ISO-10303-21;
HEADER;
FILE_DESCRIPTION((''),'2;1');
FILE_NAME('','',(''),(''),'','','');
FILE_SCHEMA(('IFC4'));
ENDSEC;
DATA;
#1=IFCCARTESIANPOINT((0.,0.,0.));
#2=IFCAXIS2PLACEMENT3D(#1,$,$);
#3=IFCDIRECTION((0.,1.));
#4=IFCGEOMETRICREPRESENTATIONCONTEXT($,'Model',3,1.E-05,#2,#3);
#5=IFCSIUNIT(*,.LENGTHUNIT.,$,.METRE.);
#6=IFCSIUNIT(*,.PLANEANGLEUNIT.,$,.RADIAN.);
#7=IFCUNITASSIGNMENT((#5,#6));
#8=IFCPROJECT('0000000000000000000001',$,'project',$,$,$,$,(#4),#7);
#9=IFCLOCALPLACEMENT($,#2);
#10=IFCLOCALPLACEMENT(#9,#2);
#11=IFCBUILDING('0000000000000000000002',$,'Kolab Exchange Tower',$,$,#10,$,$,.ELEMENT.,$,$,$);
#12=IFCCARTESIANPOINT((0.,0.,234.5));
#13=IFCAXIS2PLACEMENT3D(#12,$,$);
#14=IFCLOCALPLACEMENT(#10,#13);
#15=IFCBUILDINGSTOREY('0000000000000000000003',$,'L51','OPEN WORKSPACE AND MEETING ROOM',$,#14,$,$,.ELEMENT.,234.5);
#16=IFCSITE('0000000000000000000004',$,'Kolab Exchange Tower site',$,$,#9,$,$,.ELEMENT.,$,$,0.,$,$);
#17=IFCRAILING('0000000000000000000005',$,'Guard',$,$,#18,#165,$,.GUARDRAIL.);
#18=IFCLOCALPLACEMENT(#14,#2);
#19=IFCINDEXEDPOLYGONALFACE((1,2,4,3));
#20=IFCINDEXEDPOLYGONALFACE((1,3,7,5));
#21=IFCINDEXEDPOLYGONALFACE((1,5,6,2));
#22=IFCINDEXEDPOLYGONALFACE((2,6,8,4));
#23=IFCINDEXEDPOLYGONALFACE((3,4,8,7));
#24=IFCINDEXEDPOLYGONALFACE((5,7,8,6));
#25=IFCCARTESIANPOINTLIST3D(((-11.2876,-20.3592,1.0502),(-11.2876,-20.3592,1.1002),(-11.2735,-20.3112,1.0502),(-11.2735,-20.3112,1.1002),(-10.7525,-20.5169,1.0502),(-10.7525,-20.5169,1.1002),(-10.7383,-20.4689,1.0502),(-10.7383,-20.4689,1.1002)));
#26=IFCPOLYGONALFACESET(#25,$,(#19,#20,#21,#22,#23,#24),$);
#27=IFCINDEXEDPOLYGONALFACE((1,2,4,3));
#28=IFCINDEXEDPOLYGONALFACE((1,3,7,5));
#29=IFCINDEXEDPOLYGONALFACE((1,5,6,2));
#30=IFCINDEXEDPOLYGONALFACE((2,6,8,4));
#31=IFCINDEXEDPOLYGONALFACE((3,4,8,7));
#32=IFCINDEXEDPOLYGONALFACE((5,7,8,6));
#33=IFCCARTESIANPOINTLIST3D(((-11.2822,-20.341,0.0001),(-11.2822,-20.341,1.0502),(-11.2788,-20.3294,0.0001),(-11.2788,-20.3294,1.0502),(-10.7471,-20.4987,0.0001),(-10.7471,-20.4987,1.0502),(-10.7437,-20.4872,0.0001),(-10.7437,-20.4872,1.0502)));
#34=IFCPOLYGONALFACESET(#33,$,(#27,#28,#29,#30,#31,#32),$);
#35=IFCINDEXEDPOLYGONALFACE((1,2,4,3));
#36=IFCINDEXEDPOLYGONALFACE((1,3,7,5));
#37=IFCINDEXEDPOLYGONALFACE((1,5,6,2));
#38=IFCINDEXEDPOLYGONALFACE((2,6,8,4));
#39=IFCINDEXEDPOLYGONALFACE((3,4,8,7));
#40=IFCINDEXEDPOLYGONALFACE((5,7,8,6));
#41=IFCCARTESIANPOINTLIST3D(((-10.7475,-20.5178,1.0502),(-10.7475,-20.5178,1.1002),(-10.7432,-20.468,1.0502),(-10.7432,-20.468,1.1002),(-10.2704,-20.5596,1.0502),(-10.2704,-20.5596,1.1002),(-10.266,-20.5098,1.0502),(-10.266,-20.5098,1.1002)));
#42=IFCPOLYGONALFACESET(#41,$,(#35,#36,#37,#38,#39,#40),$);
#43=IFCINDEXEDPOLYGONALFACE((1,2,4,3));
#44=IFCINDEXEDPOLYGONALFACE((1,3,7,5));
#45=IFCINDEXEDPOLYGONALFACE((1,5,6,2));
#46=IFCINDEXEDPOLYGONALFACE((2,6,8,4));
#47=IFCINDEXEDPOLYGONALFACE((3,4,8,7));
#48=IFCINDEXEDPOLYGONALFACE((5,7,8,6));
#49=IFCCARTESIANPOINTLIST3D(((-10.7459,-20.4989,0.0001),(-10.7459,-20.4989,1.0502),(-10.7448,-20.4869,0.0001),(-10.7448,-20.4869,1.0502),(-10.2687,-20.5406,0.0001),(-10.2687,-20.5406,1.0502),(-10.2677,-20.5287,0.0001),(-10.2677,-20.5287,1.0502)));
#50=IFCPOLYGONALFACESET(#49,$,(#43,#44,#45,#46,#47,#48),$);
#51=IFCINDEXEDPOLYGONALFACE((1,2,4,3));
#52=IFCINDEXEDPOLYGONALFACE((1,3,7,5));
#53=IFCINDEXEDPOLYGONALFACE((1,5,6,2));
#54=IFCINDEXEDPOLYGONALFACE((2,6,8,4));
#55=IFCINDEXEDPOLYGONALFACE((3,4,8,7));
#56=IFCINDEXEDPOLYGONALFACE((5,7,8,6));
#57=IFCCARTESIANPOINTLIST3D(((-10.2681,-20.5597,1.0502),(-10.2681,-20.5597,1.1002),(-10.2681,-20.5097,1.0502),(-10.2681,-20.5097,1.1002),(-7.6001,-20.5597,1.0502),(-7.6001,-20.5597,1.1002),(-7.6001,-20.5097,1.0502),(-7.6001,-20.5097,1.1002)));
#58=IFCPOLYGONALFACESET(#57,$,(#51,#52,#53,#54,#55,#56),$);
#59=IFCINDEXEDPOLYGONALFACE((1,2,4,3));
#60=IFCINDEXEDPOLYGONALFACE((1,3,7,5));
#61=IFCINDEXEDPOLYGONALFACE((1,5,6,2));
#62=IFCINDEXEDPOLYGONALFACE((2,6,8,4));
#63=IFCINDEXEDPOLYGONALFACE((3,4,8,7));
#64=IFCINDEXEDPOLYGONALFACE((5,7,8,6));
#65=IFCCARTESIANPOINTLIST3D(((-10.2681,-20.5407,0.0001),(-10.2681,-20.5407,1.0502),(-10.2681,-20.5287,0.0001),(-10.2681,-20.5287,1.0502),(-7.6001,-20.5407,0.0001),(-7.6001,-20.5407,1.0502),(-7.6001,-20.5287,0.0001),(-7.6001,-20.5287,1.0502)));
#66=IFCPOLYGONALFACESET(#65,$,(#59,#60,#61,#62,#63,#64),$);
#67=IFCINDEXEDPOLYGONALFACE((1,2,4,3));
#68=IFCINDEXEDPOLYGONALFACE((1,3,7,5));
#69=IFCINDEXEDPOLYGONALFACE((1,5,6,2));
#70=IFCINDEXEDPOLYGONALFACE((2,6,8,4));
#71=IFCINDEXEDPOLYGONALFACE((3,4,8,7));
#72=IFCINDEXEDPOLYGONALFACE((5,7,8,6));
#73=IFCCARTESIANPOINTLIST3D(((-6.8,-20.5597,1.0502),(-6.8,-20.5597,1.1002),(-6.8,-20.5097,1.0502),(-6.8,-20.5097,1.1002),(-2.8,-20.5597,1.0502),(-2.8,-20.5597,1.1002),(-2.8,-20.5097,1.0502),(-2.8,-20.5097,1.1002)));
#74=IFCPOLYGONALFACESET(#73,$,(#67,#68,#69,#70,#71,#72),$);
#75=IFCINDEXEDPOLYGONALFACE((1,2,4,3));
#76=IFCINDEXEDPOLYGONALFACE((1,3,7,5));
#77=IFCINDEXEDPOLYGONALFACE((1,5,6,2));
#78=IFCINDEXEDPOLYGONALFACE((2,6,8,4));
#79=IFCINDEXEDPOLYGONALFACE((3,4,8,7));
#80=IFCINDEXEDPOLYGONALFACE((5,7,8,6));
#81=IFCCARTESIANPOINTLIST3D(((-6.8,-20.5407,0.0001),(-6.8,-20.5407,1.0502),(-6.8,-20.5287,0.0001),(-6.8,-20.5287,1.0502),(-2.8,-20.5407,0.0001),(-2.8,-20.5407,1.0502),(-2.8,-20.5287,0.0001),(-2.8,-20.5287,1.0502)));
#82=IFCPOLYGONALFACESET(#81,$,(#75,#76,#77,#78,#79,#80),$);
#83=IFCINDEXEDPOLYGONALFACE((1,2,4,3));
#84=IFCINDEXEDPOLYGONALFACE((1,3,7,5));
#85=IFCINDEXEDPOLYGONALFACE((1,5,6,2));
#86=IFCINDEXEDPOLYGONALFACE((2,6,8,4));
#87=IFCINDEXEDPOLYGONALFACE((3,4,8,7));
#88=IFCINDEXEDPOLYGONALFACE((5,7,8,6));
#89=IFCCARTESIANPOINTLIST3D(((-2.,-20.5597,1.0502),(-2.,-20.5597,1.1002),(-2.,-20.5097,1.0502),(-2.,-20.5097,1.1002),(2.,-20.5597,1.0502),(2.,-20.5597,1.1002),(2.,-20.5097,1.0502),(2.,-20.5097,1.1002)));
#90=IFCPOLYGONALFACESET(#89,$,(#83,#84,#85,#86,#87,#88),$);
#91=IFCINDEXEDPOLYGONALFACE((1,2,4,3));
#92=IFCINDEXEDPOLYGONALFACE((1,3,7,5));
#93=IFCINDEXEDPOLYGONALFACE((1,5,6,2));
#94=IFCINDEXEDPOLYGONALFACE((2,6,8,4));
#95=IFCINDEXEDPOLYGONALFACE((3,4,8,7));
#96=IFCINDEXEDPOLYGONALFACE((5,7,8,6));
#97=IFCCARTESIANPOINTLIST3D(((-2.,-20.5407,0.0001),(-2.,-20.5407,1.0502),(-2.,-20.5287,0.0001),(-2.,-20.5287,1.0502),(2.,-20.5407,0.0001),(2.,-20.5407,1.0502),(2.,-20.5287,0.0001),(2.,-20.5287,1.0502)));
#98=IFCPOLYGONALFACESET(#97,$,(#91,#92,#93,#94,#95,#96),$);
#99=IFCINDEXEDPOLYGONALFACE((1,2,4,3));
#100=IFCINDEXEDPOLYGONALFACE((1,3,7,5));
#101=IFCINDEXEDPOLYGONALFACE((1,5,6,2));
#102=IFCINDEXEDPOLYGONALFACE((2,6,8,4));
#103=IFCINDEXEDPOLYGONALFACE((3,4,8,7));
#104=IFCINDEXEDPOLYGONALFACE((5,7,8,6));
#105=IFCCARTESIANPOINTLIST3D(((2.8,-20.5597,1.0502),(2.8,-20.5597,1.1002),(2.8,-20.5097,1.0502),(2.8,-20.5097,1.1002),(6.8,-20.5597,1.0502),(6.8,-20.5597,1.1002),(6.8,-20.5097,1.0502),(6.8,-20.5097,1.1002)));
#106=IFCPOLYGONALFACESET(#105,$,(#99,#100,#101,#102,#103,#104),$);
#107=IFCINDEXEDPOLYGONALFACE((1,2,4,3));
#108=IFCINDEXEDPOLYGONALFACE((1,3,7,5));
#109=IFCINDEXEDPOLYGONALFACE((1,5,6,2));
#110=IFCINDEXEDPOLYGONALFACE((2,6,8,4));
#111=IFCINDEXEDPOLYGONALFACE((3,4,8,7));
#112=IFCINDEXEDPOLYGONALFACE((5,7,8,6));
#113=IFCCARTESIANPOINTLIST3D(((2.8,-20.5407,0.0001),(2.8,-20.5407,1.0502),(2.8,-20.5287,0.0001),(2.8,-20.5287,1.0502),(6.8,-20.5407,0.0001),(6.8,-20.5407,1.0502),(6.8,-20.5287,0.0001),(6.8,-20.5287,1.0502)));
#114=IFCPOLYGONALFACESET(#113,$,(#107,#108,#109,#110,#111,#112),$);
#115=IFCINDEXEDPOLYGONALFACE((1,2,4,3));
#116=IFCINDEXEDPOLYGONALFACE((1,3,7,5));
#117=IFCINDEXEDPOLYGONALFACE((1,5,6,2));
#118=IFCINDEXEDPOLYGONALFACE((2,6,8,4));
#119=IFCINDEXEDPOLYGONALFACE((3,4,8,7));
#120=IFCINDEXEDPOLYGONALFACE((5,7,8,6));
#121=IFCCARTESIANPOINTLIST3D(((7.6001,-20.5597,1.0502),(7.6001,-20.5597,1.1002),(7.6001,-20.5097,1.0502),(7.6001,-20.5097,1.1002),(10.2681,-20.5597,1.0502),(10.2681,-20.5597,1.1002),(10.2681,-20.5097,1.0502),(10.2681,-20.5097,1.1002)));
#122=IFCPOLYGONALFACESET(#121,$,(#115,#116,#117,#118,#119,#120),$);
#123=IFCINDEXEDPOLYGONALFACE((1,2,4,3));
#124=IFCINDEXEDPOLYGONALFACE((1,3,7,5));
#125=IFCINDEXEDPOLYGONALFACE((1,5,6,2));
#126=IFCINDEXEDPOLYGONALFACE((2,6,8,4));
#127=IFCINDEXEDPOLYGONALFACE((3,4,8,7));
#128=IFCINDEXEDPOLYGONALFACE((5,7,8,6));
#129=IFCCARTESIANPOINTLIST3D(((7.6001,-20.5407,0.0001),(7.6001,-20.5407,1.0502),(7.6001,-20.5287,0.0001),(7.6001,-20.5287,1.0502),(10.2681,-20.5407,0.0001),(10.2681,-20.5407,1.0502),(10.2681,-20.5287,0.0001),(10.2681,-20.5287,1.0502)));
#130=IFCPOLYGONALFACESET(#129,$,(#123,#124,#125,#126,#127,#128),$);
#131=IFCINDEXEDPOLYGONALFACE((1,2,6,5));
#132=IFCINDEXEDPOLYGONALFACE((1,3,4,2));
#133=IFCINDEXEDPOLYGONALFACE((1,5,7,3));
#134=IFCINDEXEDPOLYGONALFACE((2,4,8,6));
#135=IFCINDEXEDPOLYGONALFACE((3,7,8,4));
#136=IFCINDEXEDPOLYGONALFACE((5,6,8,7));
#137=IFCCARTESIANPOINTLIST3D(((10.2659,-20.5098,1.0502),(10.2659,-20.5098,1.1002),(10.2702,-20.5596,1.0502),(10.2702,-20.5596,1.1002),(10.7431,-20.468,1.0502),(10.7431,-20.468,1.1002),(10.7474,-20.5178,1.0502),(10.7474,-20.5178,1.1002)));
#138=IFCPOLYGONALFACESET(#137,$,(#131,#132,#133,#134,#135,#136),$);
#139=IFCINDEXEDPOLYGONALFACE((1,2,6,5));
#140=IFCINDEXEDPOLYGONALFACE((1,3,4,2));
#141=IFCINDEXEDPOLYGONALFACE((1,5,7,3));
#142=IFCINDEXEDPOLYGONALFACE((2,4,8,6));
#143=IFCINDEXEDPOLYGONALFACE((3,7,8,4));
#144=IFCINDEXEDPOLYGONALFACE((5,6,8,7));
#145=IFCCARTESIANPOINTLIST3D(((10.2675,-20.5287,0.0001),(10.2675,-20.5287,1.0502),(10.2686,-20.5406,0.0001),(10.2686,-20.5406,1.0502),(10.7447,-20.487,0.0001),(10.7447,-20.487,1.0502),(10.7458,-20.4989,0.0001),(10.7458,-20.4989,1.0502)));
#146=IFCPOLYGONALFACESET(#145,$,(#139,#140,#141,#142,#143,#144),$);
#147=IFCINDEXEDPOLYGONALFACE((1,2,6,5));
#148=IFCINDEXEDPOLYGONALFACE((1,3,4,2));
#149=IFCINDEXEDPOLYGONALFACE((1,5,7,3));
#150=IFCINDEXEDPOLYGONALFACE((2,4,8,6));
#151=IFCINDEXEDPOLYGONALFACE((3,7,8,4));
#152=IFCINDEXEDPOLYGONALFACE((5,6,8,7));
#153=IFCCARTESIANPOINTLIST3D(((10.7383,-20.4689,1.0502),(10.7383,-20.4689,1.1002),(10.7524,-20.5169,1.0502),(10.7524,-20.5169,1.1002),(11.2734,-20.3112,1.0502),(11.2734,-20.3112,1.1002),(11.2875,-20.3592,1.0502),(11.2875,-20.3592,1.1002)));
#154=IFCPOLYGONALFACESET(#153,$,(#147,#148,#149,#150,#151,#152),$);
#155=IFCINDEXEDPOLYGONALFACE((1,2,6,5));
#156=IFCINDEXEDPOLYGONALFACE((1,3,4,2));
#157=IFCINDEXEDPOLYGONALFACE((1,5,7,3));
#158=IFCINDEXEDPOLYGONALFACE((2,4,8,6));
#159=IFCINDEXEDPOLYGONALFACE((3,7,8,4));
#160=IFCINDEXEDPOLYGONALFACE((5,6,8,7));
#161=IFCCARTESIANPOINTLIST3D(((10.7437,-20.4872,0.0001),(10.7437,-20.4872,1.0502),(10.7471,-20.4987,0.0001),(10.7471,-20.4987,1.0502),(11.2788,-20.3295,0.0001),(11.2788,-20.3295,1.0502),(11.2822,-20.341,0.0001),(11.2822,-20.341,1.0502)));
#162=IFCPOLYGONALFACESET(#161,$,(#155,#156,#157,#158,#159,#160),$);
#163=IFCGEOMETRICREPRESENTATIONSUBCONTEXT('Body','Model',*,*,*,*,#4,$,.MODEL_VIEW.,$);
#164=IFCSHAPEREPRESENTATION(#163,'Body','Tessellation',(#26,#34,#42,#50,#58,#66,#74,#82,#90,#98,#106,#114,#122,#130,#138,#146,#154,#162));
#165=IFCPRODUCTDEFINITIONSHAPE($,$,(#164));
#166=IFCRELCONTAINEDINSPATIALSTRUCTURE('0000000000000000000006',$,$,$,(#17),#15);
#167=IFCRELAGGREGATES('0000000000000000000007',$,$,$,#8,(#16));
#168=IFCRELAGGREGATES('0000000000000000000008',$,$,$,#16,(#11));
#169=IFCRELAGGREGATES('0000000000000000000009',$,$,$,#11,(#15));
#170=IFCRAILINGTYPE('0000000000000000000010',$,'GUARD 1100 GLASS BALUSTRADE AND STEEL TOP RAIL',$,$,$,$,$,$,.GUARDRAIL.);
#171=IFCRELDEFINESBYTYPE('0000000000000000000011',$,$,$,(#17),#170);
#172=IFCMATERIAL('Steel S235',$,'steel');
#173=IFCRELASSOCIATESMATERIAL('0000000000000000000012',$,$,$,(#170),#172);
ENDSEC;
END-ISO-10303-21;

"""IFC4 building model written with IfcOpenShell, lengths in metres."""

from ifc_helpers import new_model, si_unit, direction, frame, frame_2d, origin, origin_2d, place, context, subcontext, project, spatial, rectangle, extrude, material, type_object, element, save


model = new_model("IFC4")

# Units and contexts
model_context = context("Model", 3, precision=1e-05, world=origin(), true_north=direction((0.0, 1.0)))
body_context = subcontext(model_context, "Body", "Model", "MODEL_VIEW")
ifc_project = project(units=[si_unit("LENGTHUNIT", "METRE"), si_unit("PLANEANGLEUNIT", "RADIAN")], contexts=[model_context])

# Site, building, storey
site_placement = place(None, origin())
site = spatial("IfcSite", under=ifc_project, at=site_placement, Name="Kolab Exchange Tower site", CompositionType="ELEMENT", RefElevation=0.0)
building_placement = place(site_placement, origin())
building = spatial("IfcBuilding", under=site, at=building_placement, Name="Kolab Exchange Tower", CompositionType="ELEMENT")
storey_placement = place(building_placement, frame((0.0, 0.0, 234.5)))
storey = spatial("IfcBuildingStorey", under=building, at=storey_placement, Name="L51", Description="OPEN WORKSPACE AND MEETING ROOM", CompositionType="ELEMENT", Elevation=234.5)

# Railing
ifc_material_1 = material(Name="Steel S235", Category="steel")
railing_type = type_object("IfcRailingType", Name="GUARD 1100 GLASS BALUSTRADE AND STEEL TOP RAIL", PredefinedType="GUARDRAIL", material=ifc_material_1)
railing_placement = place(storey_placement, frame((-11.2805, -20.3352, 0.0)))
element("IfcRailing", 1, at=railing_placement, inside=storey, type_object=railing_type, Name="Guard", PredefinedType="GUARDRAIL", context=body_context, shape_type="SweptSolid", body=[
    extrude(rectangle(XDim=0.05, YDim=0.05, at=origin_2d()), frame((0.0, 0.0, 1.0752), z_axis=(0.959212, -0.282687, 0.0), x_axis=(0.282687, 0.959212, 0.0)), (0.0, 0.0, 1.0), 0.5579),
    extrude(rectangle(XDim=0.012, YDim=1.0501, at=frame_2d((0.0, 0.5251))), frame((0.0, 0.0, 0.0), z_axis=(0.959212, -0.282687, 0.0), x_axis=(0.282687, 0.959212, 0.0)), (0.0, 0.0, 1.0), 0.5579),
    extrude(rectangle(XDim=0.05, YDim=0.05, at=origin_2d()), frame((0.5352, -0.1577, 1.0752), z_axis=(0.996196, -0.087135, 0.0), x_axis=(0.087135, 0.996196, 0.0)), (0.0, 0.0, 1.0), 0.479),
    extrude(rectangle(XDim=0.012, YDim=1.0501, at=frame_2d((0.0, 0.5251))), frame((0.5352, -0.1577, 0.0), z_axis=(0.996196, -0.087135, 0.0), x_axis=(0.087135, 0.996196, 0.0)), (0.0, 0.0, 1.0), 0.479),
    extrude(rectangle(XDim=0.05, YDim=0.05, at=origin_2d()), frame((1.0125, -0.1995, 1.0752), z_axis=(1.0, 0.0, 0.0), x_axis=(0.0, 1.0, 0.0)), (0.0, 0.0, 1.0), 2.668),
    extrude(rectangle(XDim=0.012, YDim=1.0501, at=frame_2d((0.0, 0.5251))), frame((1.0125, -0.1995, 0.0), z_axis=(1.0, 0.0, 0.0), x_axis=(0.0, 1.0, 0.0)), (0.0, 0.0, 1.0), 2.668),
    extrude(rectangle(XDim=0.05, YDim=0.05, at=origin_2d()), frame((4.4805, -0.1995, 1.0752), z_axis=(1.0, 0.0, 0.0), x_axis=(0.0, 1.0, 0.0)), (0.0, 0.0, 1.0), 4.0),
    extrude(rectangle(XDim=0.012, YDim=1.0501, at=frame_2d((0.0, 0.5251))), frame((4.4805, -0.1995, 0.0), z_axis=(1.0, 0.0, 0.0), x_axis=(0.0, 1.0, 0.0)), (0.0, 0.0, 1.0), 4.0),
    extrude(rectangle(XDim=0.05, YDim=0.05, at=origin_2d()), frame((9.2805, -0.1995, 1.0752), z_axis=(1.0, 0.0, 0.0), x_axis=(0.0, 1.0, 0.0)), (0.0, 0.0, 1.0), 4.0),
    extrude(rectangle(XDim=0.012, YDim=1.0501, at=frame_2d((0.0, 0.5251))), frame((9.2805, -0.1995, 0.0), z_axis=(1.0, 0.0, 0.0), x_axis=(0.0, 1.0, 0.0)), (0.0, 0.0, 1.0), 4.0),
    extrude(rectangle(XDim=0.05, YDim=0.05, at=origin_2d()), frame((14.0806, -0.1995, 1.0752), z_axis=(1.0, 0.0, 0.0), x_axis=(0.0, 1.0, 0.0)), (0.0, 0.0, 1.0), 4.0),
    extrude(rectangle(XDim=0.012, YDim=1.0501, at=frame_2d((0.0, 0.5251))), frame((14.0806, -0.1995, 0.0), z_axis=(1.0, 0.0, 0.0), x_axis=(0.0, 1.0, 0.0)), (0.0, 0.0, 1.0), 4.0),
    extrude(rectangle(XDim=0.05, YDim=0.05, at=origin_2d()), frame((18.8806, -0.1995, 1.0752), z_axis=(1.0, 0.0, 0.0), x_axis=(0.0, 1.0, 0.0)), (0.0, 0.0, 1.0), 2.668),
    extrude(rectangle(XDim=0.012, YDim=1.0501, at=frame_2d((0.0, 0.5251))), frame((18.8806, -0.1995, 0.0), z_axis=(1.0, 0.0, 0.0), x_axis=(0.0, 1.0, 0.0)), (0.0, 0.0, 1.0), 2.668),
    extrude(rectangle(XDim=0.05, YDim=0.05, at=origin_2d()), frame((21.5486, -0.1995, 1.0752), z_axis=(0.996196, 0.087135, 0.0), x_axis=(-0.087135, 0.996196, 0.0)), (0.0, 0.0, 1.0), 0.479),
    extrude(rectangle(XDim=0.012, YDim=1.0501, at=frame_2d((0.0, 0.5251))), frame((21.5486, -0.1995, 0.0), z_axis=(0.996196, 0.087135, 0.0), x_axis=(-0.087135, 0.996196, 0.0)), (0.0, 0.0, 1.0), 0.479),
    extrude(rectangle(XDim=0.05, YDim=0.05, at=origin_2d()), frame((22.0259, -0.1577, 1.0752), z_axis=(0.959212, 0.282687, 0.0), x_axis=(-0.282687, 0.959212, 0.0)), (0.0, 0.0, 1.0), 0.5579),
    extrude(rectangle(XDim=0.012, YDim=1.0501, at=frame_2d((0.0, 0.5251))), frame((22.0259, -0.1577, 0.0), z_axis=(0.959212, 0.282687, 0.0), x_axis=(-0.282687, 0.959212, 0.0)), (0.0, 0.0, 1.0), 0.5579),
])

save(model, "model.ifc")
